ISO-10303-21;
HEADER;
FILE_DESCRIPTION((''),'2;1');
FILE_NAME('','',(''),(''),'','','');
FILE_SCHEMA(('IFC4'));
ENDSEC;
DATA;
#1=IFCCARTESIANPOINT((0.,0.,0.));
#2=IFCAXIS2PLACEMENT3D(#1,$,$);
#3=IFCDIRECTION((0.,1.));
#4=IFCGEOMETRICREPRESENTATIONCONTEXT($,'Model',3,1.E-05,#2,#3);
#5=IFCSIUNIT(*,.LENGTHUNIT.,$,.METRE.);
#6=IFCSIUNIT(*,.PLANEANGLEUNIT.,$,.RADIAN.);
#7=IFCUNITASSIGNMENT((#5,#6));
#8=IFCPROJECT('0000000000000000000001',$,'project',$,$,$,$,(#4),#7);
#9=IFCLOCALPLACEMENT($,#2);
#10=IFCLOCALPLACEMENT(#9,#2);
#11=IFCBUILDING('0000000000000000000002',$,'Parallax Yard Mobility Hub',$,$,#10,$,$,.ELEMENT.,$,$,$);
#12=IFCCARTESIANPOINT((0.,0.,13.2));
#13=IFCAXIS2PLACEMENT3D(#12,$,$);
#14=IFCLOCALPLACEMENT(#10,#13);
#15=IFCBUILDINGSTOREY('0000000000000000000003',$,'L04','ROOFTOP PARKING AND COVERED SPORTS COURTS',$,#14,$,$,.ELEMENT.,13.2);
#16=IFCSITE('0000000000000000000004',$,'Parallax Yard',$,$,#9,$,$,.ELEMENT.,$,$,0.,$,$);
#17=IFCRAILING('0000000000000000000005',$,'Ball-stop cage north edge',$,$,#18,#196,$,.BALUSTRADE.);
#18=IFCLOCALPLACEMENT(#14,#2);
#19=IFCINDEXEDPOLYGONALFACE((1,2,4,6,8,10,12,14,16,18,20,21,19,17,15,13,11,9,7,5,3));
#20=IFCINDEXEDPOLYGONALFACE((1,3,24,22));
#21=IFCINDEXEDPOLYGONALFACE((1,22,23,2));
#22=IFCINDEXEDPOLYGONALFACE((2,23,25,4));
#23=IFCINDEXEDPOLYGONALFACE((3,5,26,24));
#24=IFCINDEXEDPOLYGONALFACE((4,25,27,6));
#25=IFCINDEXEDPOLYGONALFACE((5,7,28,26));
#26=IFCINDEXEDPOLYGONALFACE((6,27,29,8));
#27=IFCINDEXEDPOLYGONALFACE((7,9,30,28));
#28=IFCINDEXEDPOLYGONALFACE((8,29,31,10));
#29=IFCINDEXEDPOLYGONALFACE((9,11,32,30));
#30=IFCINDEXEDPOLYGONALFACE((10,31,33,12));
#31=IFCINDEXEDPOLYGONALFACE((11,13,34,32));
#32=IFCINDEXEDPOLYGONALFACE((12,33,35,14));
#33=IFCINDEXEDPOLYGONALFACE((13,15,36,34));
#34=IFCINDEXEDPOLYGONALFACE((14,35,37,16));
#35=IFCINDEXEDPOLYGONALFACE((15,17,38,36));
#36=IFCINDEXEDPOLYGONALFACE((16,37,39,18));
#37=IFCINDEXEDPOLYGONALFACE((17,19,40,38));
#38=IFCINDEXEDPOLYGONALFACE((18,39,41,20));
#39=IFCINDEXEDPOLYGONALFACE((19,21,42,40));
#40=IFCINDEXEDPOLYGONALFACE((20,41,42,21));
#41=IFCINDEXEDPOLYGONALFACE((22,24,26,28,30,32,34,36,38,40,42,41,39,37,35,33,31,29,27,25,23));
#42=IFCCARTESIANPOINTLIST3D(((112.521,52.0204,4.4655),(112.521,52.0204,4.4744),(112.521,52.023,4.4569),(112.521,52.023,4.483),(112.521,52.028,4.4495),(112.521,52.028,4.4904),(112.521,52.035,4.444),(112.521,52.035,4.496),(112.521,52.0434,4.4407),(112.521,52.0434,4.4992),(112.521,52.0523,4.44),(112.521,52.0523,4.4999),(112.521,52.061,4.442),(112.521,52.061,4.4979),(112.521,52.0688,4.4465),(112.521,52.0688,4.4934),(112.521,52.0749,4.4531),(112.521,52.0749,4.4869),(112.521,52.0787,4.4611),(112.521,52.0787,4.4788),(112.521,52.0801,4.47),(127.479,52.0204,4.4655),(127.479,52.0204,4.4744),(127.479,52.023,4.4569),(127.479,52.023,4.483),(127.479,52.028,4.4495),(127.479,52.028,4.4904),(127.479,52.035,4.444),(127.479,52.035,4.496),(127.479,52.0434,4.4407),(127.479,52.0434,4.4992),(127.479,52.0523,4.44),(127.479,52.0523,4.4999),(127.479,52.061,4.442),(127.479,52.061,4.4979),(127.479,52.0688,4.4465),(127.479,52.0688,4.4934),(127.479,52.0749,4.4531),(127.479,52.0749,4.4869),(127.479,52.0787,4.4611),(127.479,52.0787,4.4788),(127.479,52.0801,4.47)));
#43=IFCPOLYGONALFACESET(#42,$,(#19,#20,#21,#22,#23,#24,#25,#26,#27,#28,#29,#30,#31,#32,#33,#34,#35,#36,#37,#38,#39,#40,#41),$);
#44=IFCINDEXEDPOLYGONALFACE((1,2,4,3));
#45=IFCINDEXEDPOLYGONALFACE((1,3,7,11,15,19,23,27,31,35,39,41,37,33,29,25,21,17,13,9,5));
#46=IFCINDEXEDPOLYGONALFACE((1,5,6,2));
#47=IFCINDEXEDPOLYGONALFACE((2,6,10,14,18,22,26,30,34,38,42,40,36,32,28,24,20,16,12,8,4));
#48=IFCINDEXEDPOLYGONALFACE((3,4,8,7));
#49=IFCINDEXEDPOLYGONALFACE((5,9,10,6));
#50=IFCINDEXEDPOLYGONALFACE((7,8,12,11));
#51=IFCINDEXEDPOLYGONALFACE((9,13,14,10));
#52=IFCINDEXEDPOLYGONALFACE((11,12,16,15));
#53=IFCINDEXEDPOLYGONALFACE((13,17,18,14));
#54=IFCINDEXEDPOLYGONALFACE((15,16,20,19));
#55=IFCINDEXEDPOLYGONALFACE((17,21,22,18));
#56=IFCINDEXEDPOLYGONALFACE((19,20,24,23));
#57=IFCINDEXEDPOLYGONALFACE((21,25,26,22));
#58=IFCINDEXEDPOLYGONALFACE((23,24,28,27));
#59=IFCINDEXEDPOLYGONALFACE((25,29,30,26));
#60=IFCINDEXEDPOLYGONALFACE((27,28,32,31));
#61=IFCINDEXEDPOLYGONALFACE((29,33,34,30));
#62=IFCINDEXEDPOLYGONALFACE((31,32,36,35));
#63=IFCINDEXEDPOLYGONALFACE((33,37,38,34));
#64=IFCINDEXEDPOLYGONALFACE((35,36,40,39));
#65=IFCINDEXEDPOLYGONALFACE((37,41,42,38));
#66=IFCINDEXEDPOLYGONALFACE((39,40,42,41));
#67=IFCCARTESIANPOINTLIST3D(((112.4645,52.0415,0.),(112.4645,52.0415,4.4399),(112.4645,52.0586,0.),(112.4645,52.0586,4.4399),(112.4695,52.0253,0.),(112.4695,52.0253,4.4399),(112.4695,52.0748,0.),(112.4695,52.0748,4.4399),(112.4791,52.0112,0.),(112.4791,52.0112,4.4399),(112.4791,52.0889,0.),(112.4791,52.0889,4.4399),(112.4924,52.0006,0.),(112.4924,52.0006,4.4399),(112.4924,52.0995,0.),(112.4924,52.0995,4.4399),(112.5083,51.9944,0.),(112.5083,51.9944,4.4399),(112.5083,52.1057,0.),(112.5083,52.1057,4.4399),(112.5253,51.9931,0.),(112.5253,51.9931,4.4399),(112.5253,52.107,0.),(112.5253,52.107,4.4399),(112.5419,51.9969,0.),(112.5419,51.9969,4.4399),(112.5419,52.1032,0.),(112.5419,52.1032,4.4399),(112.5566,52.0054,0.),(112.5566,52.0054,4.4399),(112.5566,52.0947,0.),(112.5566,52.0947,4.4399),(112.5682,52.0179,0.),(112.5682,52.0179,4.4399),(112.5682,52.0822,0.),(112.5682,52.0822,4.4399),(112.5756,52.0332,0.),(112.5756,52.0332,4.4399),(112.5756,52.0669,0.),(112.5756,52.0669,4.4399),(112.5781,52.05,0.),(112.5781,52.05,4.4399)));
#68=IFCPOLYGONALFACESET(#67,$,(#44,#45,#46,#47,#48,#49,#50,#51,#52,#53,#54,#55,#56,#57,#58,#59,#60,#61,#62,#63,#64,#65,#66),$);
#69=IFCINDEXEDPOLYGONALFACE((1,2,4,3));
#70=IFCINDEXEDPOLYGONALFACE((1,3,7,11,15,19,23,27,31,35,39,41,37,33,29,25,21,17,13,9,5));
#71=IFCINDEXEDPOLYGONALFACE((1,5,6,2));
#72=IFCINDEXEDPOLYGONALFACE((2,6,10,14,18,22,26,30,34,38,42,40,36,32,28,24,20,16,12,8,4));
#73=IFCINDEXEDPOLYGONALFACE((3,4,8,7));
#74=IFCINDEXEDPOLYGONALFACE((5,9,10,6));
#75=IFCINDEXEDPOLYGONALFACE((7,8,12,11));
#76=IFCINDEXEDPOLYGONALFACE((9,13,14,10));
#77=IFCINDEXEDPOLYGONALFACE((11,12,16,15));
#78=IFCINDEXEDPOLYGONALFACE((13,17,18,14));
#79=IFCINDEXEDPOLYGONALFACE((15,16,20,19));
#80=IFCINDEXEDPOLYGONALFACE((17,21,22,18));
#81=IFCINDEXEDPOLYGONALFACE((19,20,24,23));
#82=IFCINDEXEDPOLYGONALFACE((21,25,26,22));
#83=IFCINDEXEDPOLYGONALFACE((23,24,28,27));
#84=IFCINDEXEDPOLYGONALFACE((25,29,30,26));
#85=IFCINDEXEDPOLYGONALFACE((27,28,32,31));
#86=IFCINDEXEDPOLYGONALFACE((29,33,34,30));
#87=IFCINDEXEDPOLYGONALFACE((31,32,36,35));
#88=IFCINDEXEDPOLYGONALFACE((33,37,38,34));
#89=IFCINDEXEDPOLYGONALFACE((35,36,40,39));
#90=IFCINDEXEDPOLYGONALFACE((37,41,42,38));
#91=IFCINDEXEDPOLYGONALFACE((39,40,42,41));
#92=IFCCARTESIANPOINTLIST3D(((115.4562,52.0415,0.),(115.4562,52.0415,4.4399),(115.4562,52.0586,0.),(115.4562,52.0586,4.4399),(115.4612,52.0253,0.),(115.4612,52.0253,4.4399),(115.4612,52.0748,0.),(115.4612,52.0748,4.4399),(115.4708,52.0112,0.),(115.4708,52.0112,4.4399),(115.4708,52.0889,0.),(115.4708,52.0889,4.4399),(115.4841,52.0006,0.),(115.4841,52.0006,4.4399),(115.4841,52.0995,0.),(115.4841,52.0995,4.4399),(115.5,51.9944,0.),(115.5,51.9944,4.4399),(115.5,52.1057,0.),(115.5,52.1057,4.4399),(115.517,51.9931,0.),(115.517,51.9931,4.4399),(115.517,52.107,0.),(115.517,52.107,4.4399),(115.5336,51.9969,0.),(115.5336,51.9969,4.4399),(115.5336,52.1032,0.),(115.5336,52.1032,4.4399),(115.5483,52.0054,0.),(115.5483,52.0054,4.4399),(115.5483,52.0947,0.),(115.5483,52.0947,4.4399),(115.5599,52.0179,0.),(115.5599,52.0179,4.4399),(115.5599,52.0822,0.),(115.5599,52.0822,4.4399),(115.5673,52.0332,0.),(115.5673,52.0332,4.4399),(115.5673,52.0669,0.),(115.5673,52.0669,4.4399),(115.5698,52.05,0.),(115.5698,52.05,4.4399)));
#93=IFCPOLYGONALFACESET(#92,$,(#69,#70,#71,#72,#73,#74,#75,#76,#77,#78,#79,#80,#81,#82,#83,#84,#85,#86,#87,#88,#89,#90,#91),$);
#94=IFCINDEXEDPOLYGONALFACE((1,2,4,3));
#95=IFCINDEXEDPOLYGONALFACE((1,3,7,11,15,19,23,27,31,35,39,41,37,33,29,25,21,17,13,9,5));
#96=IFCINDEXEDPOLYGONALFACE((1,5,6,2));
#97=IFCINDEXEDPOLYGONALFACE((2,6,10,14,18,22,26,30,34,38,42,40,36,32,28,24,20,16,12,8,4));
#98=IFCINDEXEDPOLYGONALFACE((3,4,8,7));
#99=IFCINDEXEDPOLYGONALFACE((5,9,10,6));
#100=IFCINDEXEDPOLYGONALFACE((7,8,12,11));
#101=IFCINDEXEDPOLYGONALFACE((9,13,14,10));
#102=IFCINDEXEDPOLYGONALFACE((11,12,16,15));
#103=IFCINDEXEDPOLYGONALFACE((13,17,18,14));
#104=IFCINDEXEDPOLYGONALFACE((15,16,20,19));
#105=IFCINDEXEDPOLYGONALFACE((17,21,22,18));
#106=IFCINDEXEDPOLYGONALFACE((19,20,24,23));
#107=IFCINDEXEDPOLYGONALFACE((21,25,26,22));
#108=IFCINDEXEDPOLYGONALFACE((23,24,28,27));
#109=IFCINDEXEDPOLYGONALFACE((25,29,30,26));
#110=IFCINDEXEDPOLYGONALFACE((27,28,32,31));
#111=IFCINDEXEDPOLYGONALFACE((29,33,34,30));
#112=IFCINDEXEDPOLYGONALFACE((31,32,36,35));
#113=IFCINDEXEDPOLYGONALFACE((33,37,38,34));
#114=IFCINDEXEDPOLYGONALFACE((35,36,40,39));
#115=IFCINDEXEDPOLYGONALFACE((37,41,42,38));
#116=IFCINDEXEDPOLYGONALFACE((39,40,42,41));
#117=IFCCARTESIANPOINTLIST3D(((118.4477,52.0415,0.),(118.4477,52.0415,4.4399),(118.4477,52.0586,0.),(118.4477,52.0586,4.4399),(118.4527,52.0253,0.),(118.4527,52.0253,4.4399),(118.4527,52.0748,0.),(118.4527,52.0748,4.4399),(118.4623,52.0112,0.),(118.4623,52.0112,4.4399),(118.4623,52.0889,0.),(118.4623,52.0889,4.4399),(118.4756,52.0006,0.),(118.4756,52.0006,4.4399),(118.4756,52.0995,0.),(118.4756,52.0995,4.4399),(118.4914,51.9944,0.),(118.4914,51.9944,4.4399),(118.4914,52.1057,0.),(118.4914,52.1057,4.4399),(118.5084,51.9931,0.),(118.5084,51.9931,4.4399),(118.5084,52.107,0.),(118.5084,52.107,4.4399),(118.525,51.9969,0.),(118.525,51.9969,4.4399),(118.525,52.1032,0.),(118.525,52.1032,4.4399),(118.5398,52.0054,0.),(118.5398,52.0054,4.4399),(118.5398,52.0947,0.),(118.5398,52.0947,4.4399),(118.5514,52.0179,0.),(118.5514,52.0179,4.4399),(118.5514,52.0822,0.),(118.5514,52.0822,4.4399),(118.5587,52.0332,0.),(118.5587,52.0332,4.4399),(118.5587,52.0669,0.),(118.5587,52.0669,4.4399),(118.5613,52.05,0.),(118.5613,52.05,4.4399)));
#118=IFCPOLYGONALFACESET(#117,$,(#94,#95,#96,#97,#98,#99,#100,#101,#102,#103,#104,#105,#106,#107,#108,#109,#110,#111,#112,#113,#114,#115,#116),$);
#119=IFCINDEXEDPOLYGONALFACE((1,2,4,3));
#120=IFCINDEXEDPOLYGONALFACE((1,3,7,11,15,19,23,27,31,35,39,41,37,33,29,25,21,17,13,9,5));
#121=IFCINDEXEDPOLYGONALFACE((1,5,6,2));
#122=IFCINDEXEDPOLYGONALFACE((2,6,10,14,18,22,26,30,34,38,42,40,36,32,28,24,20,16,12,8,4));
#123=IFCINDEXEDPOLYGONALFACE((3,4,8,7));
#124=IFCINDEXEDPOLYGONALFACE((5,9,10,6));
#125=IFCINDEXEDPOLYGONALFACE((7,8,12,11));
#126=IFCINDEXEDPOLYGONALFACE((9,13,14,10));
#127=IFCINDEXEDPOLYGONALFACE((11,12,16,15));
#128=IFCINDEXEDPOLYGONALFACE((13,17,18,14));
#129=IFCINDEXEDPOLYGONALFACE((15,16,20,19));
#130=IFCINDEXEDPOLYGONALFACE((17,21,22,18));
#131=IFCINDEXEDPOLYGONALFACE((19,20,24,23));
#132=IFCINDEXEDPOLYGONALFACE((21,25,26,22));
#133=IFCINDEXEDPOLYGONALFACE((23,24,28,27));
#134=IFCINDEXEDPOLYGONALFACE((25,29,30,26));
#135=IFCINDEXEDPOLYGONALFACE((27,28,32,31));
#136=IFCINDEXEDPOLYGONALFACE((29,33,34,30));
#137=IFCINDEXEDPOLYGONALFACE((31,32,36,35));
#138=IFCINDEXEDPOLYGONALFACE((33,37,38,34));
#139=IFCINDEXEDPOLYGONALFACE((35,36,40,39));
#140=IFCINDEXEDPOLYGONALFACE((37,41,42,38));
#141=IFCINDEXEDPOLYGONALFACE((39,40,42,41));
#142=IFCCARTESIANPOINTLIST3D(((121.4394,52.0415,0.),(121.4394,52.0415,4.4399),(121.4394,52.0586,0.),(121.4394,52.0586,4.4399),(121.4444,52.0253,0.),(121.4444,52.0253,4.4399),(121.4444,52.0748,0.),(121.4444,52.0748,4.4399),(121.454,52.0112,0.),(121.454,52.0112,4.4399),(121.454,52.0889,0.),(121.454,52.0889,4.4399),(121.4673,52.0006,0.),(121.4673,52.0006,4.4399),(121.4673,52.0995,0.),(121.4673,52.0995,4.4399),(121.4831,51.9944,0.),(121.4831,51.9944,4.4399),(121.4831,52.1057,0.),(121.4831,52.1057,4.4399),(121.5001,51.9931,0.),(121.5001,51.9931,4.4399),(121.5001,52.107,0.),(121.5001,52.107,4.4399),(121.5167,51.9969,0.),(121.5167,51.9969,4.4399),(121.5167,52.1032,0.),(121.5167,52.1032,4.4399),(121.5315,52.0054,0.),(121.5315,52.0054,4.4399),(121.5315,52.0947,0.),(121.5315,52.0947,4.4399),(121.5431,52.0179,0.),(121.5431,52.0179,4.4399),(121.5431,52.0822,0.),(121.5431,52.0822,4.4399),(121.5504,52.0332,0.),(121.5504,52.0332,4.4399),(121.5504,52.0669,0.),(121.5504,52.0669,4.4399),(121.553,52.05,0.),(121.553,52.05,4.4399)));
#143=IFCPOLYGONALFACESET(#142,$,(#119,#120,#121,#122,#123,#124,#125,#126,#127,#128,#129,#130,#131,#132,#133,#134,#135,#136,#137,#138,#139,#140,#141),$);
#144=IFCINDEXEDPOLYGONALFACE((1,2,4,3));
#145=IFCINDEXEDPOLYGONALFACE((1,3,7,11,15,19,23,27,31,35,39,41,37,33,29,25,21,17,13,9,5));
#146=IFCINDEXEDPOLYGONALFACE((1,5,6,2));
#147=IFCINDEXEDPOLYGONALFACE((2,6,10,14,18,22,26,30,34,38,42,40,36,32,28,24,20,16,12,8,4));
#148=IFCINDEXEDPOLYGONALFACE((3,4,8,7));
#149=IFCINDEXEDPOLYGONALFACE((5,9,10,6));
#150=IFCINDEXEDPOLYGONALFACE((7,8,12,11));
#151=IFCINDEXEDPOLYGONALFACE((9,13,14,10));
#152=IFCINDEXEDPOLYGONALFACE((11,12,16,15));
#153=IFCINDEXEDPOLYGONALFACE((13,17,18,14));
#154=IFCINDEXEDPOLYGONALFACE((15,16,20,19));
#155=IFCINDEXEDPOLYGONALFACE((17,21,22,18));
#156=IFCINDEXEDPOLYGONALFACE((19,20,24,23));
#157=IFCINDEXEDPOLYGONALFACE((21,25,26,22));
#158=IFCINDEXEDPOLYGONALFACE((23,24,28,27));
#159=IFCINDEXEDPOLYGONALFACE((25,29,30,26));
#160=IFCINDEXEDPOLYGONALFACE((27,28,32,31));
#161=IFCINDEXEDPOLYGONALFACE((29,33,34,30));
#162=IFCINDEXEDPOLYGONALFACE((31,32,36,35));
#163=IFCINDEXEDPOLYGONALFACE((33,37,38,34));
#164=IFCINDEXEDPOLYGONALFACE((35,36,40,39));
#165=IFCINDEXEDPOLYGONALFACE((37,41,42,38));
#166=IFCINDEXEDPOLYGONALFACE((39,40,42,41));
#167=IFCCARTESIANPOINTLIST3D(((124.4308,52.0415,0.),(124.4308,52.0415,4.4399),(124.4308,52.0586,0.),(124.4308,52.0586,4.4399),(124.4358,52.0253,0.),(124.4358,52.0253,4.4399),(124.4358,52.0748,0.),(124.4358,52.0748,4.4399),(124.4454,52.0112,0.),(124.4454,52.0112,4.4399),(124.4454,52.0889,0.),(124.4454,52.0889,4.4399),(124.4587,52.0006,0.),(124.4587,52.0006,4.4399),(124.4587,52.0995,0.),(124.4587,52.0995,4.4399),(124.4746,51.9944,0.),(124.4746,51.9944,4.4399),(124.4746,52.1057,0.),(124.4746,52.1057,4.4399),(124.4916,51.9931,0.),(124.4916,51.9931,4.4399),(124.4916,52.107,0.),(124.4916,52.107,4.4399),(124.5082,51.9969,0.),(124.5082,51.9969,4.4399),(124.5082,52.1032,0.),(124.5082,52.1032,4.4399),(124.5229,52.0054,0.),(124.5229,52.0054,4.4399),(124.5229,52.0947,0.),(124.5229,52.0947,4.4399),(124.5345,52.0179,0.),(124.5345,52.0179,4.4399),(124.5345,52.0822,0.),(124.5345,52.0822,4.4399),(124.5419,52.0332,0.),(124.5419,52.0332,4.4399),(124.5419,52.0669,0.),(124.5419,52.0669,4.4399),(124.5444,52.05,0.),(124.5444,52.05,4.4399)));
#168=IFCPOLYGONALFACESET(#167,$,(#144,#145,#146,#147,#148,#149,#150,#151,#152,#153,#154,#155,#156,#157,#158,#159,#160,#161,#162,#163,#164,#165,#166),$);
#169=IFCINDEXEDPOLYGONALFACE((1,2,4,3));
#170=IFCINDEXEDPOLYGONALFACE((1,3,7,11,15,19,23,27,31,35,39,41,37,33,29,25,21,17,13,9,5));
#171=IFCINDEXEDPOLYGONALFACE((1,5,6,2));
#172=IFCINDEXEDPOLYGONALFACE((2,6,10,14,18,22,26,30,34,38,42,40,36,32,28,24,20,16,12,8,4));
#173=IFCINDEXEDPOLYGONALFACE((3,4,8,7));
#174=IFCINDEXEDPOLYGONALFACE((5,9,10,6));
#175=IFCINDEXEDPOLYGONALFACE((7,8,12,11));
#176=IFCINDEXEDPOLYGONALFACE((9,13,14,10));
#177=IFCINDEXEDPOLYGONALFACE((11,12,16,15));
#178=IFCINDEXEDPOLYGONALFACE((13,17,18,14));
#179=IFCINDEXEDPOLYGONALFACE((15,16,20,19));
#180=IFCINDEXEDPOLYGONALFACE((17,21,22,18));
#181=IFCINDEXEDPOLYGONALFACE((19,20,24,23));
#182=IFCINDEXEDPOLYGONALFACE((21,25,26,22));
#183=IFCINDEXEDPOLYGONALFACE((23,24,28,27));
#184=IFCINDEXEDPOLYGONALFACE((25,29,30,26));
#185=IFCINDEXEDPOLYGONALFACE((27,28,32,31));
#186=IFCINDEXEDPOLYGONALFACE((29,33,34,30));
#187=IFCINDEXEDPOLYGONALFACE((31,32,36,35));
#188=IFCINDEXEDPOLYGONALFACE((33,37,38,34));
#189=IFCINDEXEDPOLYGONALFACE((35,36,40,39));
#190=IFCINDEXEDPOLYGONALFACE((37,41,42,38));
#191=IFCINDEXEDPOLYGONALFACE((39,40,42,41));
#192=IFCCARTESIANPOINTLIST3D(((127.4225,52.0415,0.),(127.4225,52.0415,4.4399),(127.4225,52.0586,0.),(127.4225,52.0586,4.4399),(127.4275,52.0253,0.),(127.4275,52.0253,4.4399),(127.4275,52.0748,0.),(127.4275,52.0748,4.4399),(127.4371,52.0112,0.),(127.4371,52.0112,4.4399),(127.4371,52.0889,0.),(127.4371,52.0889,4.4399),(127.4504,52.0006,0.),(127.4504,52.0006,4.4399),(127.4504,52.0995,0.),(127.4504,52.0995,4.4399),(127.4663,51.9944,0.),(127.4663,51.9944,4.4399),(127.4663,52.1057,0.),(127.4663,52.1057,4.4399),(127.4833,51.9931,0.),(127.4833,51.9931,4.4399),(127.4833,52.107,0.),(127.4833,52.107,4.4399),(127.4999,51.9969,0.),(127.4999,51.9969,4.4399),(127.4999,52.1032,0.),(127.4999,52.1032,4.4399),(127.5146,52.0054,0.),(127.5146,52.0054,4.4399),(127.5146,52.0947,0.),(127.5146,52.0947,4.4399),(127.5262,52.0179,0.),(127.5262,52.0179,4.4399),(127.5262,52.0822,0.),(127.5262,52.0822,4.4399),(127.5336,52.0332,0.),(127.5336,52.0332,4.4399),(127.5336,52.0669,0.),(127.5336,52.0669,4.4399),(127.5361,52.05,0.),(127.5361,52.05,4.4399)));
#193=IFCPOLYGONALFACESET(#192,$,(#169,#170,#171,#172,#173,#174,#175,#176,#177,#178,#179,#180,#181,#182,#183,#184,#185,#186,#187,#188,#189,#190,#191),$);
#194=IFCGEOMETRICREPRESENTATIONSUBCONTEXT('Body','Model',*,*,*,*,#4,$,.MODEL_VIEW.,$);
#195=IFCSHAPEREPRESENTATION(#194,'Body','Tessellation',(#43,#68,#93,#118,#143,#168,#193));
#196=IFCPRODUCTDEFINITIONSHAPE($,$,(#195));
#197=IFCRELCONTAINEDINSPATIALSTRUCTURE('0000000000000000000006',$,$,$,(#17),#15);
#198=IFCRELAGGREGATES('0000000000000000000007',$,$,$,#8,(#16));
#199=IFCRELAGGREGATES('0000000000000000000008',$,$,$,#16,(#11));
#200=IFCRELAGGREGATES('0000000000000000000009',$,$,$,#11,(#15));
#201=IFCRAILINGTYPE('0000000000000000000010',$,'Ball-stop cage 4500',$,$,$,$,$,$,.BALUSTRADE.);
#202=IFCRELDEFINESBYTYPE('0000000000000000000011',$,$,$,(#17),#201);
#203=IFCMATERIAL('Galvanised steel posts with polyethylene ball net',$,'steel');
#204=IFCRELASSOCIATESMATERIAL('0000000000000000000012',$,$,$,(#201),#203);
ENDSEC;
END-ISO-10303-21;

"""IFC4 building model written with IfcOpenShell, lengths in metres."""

from ifc_helpers import new_model, si_unit, direction, frame, origin, origin_2d, place, context, subcontext, project, spatial, circle, extrude, material, type_object, element, save


model = new_model("IFC4")

# Units and contexts
model_context = context("Model", 3, precision=1e-05, world=origin(), true_north=direction((0.0, 1.0)))
body_context = subcontext(model_context, "Body", "Model", "MODEL_VIEW")
ifc_project = project(units=[si_unit("LENGTHUNIT", "METRE"), si_unit("PLANEANGLEUNIT", "RADIAN")], contexts=[model_context])

# Site, building, storey
site_placement = place(None, origin())
site = spatial("IfcSite", under=ifc_project, at=site_placement, Name="Parallax Yard", CompositionType="ELEMENT", RefElevation=0.0)
building_placement = place(site_placement, origin())
building = spatial("IfcBuilding", under=site, at=building_placement, Name="Parallax Yard Mobility Hub", CompositionType="ELEMENT")
storey_placement = place(building_placement, frame((0.0, 0.0, 13.2)))
storey = spatial("IfcBuildingStorey", under=building, at=storey_placement, Name="L04", Description="ROOFTOP PARKING AND COVERED SPORTS COURTS", CompositionType="ELEMENT", Elevation=13.2)

# Railing
ifc_material_1 = material(Name="Galvanised steel posts with polyethylene ball net", Category="steel")
railing_type_1 = type_object("IfcRailingType", Name="Ball-stop cage 4500", PredefinedType="BALUSTRADE", material=ifc_material_1)
railing_1_placement = place(storey_placement, frame((112.521, 52.05, 0.0)))
element("IfcRailing", 1, at=railing_1_placement, inside=storey, type_object=railing_type_1, Name="Ball-stop cage north edge", PredefinedType="BALUSTRADE", context=body_context, shape_type="SweptSolid", body=[
    extrude(circle(Radius=0.03, at=origin_2d()), frame((0.0, 0.0, 4.47), z_axis=(1.0, 0.0, 0.0), x_axis=(0.0, 1.0, 0.0)), (0.0, 0.0, 1.0), 14.958),
    extrude(circle(Radius=0.0571, at=origin_2d()), origin(), (0.0, 0.0, 1.0), 4.4399),
    extrude(circle(Radius=0.0571, at=origin_2d()), frame((2.9917, 0.0, 0.0)), (0.0, 0.0, 1.0), 4.4399),
    extrude(circle(Radius=0.0571, at=origin_2d()), frame((5.9832, 0.0, 0.0)), (0.0, 0.0, 1.0), 4.4399),
    extrude(circle(Radius=0.0571, at=origin_2d()), frame((8.9749, 0.0, 0.0)), (0.0, 0.0, 1.0), 4.4399),
    extrude(circle(Radius=0.0571, at=origin_2d()), frame((11.9663, 0.0, 0.0)), (0.0, 0.0, 1.0), 4.4399),
    extrude(circle(Radius=0.0571, at=origin_2d()), frame((14.958, 0.0, 0.0)), (0.0, 0.0, 1.0), 4.4399),
])

save(model, "model.ifc")
